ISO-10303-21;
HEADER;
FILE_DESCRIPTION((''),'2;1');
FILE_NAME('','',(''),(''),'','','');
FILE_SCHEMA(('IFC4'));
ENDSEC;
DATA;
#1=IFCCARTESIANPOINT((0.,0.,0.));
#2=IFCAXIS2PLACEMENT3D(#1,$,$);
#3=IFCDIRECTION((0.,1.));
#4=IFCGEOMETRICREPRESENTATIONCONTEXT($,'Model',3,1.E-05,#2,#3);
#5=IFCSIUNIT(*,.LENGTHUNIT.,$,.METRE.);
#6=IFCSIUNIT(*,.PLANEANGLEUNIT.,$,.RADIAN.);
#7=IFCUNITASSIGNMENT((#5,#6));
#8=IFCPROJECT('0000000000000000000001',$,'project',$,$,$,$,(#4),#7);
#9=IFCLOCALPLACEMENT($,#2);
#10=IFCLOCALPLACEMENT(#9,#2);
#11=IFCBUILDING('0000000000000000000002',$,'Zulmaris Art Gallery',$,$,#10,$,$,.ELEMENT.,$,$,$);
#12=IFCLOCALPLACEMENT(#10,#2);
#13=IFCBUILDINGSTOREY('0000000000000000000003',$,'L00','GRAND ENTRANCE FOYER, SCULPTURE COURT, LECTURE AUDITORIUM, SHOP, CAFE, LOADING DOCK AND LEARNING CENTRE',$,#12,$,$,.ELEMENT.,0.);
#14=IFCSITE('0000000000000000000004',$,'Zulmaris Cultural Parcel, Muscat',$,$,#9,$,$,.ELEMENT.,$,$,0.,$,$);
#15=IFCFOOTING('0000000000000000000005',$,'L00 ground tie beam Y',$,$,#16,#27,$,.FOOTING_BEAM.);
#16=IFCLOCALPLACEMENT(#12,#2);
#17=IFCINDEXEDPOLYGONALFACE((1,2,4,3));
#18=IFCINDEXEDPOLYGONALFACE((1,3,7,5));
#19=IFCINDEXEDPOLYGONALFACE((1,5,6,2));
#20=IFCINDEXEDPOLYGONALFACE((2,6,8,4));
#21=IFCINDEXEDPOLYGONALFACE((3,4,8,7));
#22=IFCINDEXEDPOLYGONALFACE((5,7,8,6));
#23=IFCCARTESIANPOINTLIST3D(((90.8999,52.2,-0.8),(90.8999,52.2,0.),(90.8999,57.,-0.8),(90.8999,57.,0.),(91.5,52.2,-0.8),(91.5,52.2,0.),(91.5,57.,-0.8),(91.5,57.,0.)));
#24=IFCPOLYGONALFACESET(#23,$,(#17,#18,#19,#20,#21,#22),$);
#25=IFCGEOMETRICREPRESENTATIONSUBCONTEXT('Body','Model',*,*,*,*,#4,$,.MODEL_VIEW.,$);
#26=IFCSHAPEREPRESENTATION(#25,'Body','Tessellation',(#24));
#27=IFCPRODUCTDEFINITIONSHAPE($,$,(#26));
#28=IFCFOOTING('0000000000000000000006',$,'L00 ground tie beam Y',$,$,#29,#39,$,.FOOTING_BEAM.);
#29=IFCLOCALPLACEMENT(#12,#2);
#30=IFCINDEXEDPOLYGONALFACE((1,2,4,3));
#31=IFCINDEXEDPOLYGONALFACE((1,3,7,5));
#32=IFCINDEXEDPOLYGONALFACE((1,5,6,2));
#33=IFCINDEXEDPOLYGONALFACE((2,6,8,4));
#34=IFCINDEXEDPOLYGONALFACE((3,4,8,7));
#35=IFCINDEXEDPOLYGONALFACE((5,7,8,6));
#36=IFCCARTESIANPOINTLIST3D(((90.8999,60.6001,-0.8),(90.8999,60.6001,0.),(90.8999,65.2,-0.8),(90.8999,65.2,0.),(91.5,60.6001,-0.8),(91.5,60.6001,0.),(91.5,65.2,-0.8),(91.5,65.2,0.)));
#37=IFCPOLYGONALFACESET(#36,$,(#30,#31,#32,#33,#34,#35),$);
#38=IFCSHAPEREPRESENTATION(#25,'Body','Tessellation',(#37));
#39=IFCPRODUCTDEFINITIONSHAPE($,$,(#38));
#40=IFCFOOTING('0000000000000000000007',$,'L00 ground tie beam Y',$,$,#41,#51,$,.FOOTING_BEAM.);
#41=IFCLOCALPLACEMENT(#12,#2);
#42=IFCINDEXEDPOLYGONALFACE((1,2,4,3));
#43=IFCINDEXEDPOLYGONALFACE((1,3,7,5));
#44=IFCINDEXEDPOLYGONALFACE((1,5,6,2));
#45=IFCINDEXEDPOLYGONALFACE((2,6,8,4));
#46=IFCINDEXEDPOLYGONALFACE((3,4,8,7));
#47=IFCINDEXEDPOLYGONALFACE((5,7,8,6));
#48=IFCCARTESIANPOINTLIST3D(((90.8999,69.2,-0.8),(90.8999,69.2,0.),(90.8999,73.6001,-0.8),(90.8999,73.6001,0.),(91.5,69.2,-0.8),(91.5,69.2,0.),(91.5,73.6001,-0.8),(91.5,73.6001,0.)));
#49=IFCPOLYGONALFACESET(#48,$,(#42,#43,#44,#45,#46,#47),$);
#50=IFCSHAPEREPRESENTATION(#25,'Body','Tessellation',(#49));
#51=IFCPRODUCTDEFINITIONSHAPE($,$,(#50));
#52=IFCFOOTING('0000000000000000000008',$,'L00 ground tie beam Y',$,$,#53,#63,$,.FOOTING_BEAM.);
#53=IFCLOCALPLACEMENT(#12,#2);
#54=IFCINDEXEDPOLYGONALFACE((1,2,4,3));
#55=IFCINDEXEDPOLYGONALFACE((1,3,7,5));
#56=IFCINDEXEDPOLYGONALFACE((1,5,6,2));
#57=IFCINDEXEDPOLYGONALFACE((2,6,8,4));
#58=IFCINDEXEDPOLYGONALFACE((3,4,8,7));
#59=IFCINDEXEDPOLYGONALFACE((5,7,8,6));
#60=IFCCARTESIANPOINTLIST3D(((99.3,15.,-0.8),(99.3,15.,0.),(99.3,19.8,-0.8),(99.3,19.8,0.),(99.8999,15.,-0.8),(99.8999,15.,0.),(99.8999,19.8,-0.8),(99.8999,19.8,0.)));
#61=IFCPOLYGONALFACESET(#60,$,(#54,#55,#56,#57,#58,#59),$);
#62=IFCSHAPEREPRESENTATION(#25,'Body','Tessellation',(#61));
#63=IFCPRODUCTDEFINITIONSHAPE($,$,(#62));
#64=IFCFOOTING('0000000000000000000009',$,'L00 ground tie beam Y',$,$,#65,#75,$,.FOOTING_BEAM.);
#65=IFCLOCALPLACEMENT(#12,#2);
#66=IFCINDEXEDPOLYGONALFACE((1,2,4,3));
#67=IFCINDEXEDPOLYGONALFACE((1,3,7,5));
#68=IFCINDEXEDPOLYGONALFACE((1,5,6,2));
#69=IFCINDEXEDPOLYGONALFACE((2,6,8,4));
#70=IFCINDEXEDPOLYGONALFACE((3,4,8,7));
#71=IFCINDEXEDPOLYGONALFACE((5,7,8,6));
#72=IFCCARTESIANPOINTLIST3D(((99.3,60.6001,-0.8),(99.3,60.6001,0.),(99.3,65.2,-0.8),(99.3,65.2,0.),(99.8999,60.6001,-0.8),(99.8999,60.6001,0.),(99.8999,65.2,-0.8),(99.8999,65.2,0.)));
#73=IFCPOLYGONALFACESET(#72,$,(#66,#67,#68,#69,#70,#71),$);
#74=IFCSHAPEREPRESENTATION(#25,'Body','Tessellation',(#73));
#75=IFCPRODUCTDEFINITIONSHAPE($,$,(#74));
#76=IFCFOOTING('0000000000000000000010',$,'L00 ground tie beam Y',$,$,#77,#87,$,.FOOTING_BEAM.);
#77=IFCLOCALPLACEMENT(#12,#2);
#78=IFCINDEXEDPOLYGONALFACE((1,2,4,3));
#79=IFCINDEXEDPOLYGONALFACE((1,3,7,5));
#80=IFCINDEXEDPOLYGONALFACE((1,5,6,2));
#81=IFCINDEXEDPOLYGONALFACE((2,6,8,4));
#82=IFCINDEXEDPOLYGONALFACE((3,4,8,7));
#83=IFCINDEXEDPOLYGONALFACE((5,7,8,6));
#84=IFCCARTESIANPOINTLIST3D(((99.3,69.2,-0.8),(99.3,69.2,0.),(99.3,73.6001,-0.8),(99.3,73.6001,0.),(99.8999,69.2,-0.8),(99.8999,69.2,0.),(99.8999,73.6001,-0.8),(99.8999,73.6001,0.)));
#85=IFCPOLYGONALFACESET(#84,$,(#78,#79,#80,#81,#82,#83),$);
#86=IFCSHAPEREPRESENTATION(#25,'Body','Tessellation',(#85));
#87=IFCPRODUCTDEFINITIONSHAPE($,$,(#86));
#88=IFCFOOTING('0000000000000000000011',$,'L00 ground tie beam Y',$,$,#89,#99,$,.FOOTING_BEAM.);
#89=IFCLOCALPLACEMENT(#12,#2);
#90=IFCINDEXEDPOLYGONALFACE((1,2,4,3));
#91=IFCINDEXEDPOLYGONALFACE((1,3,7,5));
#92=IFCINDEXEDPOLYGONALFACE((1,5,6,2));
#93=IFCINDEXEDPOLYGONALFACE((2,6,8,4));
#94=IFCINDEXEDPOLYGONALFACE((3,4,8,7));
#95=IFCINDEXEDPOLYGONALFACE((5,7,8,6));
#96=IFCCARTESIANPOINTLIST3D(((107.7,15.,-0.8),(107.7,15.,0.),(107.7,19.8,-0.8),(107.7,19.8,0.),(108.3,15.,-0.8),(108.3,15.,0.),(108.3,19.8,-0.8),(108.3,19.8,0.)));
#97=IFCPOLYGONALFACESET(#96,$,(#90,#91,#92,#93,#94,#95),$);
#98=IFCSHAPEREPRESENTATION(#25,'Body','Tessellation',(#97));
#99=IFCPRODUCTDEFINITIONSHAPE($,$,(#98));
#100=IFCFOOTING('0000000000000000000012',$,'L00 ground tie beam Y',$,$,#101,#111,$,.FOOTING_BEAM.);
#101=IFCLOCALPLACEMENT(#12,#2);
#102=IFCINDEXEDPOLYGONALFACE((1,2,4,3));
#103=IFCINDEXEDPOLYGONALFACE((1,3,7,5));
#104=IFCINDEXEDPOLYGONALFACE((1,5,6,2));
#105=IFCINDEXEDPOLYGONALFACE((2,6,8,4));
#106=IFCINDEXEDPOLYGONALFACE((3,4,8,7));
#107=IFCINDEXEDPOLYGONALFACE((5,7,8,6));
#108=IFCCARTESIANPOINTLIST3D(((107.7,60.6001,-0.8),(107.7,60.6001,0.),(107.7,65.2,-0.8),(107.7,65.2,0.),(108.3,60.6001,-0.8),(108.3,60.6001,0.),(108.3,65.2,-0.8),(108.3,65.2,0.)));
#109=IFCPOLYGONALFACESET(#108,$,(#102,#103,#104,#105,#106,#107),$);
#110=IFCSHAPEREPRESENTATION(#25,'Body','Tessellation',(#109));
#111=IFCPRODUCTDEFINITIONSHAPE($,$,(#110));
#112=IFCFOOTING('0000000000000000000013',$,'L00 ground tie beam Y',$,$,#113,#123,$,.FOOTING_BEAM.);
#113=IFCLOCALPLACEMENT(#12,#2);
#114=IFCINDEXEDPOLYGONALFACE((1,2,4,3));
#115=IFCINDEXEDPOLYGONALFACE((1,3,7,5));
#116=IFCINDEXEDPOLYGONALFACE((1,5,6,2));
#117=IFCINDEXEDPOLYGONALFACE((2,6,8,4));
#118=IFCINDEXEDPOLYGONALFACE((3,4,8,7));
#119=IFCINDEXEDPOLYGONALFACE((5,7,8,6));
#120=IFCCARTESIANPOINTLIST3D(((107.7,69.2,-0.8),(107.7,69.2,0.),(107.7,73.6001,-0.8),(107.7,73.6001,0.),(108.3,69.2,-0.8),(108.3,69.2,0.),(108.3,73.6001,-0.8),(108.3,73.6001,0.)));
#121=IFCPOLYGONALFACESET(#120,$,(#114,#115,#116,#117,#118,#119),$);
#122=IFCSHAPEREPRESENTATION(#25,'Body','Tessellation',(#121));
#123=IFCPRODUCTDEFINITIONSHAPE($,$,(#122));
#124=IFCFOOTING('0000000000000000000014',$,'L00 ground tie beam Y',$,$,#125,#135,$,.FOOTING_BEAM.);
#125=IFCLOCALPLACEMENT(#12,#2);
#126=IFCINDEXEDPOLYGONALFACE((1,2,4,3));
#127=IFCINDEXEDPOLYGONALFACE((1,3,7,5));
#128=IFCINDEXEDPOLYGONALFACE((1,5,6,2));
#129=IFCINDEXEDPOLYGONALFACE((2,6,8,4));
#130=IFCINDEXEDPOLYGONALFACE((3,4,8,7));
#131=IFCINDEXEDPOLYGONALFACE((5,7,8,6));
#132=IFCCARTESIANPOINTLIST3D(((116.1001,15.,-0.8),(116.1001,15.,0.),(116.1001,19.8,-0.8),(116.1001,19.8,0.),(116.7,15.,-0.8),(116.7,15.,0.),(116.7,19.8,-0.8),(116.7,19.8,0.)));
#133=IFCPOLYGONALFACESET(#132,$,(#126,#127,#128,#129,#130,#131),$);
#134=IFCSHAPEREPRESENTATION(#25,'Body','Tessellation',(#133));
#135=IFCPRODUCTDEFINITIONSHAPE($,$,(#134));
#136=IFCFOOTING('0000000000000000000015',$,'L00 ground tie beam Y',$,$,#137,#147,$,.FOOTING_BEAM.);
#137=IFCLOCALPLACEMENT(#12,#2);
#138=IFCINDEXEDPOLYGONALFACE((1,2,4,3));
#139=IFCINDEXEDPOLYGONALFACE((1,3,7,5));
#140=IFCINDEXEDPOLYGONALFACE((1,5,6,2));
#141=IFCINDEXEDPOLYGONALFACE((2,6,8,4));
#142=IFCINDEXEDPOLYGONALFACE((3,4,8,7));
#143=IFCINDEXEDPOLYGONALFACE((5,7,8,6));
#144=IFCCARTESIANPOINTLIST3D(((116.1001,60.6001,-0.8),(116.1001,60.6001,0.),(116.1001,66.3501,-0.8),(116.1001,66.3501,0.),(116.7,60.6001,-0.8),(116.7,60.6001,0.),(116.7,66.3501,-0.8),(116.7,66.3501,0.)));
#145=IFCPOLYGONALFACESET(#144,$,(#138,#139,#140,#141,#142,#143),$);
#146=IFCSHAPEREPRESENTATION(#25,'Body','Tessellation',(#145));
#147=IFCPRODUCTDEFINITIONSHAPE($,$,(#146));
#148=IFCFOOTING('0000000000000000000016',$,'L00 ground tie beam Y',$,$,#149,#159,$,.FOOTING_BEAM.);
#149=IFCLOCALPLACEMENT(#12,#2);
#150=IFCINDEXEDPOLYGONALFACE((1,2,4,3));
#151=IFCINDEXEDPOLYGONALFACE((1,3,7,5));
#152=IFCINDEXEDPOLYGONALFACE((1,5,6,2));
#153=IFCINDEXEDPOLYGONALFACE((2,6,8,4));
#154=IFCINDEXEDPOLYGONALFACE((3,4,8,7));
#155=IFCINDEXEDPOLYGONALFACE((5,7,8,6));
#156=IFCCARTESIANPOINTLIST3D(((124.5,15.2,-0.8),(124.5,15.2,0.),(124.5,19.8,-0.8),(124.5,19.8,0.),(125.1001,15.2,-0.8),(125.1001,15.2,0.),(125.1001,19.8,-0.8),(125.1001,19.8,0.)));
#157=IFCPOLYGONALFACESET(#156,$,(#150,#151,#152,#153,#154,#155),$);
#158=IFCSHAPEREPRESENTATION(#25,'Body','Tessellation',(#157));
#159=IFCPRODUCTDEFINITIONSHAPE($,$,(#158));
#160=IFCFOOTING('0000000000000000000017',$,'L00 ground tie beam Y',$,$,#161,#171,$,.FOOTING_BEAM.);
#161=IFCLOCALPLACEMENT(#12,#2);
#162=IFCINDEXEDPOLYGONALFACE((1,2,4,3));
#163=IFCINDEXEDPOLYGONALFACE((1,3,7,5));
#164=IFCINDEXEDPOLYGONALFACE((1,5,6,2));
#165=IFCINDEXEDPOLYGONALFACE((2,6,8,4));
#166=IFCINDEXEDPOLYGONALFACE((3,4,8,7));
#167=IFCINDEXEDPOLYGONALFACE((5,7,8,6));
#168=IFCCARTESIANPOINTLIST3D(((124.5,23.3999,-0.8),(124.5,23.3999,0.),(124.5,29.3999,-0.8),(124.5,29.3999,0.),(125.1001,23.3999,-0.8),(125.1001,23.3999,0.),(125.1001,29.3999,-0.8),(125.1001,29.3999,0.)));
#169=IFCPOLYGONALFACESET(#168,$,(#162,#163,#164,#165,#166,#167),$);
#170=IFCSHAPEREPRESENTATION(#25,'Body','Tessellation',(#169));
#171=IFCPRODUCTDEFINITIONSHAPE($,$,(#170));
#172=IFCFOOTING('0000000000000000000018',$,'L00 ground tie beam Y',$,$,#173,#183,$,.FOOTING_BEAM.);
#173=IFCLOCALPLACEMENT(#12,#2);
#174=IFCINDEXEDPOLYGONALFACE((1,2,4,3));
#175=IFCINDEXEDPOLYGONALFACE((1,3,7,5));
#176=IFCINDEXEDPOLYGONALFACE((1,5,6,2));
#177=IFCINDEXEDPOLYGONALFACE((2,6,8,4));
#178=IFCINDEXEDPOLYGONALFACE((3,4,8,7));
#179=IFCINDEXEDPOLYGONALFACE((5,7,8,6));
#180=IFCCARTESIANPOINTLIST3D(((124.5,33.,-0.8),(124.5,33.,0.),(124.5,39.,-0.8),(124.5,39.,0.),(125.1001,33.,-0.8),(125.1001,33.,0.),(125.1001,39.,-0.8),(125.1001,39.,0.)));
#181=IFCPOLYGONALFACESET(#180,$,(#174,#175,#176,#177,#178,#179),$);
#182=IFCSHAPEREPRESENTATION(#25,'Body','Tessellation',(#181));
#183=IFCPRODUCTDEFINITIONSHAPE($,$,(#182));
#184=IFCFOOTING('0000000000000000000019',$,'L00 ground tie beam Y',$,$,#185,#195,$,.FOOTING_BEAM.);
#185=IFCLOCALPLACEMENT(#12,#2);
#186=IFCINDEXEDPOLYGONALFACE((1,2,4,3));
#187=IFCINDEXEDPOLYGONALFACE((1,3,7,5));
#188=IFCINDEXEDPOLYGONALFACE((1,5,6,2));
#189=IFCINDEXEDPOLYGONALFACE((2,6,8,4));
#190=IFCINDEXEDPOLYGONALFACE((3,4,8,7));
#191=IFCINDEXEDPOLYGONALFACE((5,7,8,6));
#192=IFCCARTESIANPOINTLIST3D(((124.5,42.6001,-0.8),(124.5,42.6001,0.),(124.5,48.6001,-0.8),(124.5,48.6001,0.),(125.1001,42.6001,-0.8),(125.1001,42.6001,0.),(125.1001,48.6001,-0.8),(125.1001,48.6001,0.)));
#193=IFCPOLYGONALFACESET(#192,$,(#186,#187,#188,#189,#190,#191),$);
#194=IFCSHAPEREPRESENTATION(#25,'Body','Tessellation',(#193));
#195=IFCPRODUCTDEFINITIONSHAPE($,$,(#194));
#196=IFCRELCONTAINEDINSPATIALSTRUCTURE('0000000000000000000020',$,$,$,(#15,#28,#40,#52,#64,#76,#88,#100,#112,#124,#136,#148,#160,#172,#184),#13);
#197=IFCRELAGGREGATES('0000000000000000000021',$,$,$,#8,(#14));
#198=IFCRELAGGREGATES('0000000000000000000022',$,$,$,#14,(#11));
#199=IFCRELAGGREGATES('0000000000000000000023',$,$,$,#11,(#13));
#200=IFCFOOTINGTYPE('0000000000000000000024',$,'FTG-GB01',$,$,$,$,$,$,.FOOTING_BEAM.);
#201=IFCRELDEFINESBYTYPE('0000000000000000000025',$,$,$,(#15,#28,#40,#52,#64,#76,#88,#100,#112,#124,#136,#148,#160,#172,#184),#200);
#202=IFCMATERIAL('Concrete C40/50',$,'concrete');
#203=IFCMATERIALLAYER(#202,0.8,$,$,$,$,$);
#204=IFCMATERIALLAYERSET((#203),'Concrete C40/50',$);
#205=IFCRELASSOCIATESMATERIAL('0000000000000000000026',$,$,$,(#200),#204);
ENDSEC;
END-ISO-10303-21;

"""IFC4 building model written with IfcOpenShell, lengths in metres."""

from ifc_helpers import new_model, si_unit, direction, frame, origin, place, context, subcontext, project, spatial, polyline, outline, extrude, material, layer, layer_set, type_object, element, save


model = new_model("IFC4")

# Units and contexts
model_context = context("Model", 3, precision=1e-05, world=origin(), true_north=direction((0.0, 1.0)))
body_context = subcontext(model_context, "Body", "Model", "MODEL_VIEW")
ifc_project = project(units=[si_unit("LENGTHUNIT", "METRE"), si_unit("PLANEANGLEUNIT", "RADIAN")], contexts=[model_context])

# Site, building, storey
site_placement = place(None, origin())
site = spatial("IfcSite", under=ifc_project, at=site_placement, Name="Zulmaris Cultural Parcel, Muscat", CompositionType="ELEMENT", RefElevation=0.0)
building_placement = place(site_placement, origin())
building = spatial("IfcBuilding", under=site, at=building_placement, Name="Zulmaris Art Gallery", CompositionType="ELEMENT")
storey_placement = place(building_placement, origin())
storey = spatial("IfcBuildingStorey", under=building, at=storey_placement, Name="L00", Description="GRAND ENTRANCE FOYER, SCULPTURE COURT, LECTURE AUDITORIUM, SHOP, CAFE, LOADING DOCK AND LEARNING CENTRE", CompositionType="ELEMENT", Elevation=0.0)

# Footings
ifc_material = material(Name="Concrete C40/50", Category="concrete")
ifc_layer = layer(ifc_material, 0.8)
ifc_layer_set = layer_set([ifc_layer], Name="Concrete C40/50")
footing_type = type_object("IfcFootingType", Name="FTG-GB01", PredefinedType="FOOTING_BEAM", material=ifc_layer_set)
footing_1_placement = place(storey_placement, frame((0.0, 0.0, -0.8)))
element("IfcFooting", 1, at=footing_1_placement, inside=storey, type_object=footing_type, Name="L00 ground tie beam Y", PredefinedType="FOOTING_BEAM", context=body_context, shape_type="SweptSolid", body=[
    extrude(outline(polyline([(90.8999, 52.2), (91.5, 52.2), (91.5, 57.0), (90.8999, 57.0), (90.8999, 52.2)])), origin(), (0.0, 0.0, 1.0), 0.8),
])
footing_2_placement = place(storey_placement, frame((0.0, 0.0, -0.8)))
element("IfcFooting", 2, at=footing_2_placement, inside=storey, type_object=footing_type, Name="L00 ground tie beam Y", PredefinedType="FOOTING_BEAM", context=body_context, shape_type="SweptSolid", body=[
    extrude(outline(polyline([(90.8999, 60.6001), (91.5, 60.6001), (91.5, 65.2), (90.8999, 65.2), (90.8999, 60.6001)])), origin(), (0.0, 0.0, 1.0), 0.8),
])
footing_3_placement = place(storey_placement, frame((0.0, 0.0, -0.8)))
element("IfcFooting", 3, at=footing_3_placement, inside=storey, type_object=footing_type, Name="L00 ground tie beam Y", PredefinedType="FOOTING_BEAM", context=body_context, shape_type="SweptSolid", body=[
    extrude(outline(polyline([(90.8999, 69.2), (91.5, 69.2), (91.5, 73.6001), (90.8999, 73.6001), (90.8999, 69.2)])), origin(), (0.0, 0.0, 1.0), 0.8),
])
footing_4_placement = place(storey_placement, frame((0.0, 0.0, -0.8)))
element("IfcFooting", 4, at=footing_4_placement, inside=storey, type_object=footing_type, Name="L00 ground tie beam Y", PredefinedType="FOOTING_BEAM", context=body_context, shape_type="SweptSolid", body=[
    extrude(outline(polyline([(99.3, 15.0), (99.8999, 15.0), (99.8999, 19.8), (99.3, 19.8), (99.3, 15.0)])), origin(), (0.0, 0.0, 1.0), 0.8),
])
footing_5_placement = place(storey_placement, frame((0.0, 0.0, -0.8)))
element("IfcFooting", 5, at=footing_5_placement, inside=storey, type_object=footing_type, Name="L00 ground tie beam Y", PredefinedType="FOOTING_BEAM", context=body_context, shape_type="SweptSolid", body=[
    extrude(outline(polyline([(99.3, 60.6001), (99.8999, 60.6001), (99.8999, 65.2), (99.3, 65.2), (99.3, 60.6001)])), origin(), (0.0, 0.0, 1.0), 0.8),
])
footing_6_placement = place(storey_placement, frame((0.0, 0.0, -0.8)))
element("IfcFooting", 6, at=footing_6_placement, inside=storey, type_object=footing_type, Name="L00 ground tie beam Y", PredefinedType="FOOTING_BEAM", context=body_context, shape_type="SweptSolid", body=[
    extrude(outline(polyline([(99.3, 69.2), (99.8999, 69.2), (99.8999, 73.6001), (99.3, 73.6001), (99.3, 69.2)])), origin(), (0.0, 0.0, 1.0), 0.8),
])
footing_7_placement = place(storey_placement, frame((0.0, 0.0, -0.8)))
element("IfcFooting", 7, at=footing_7_placement, inside=storey, type_object=footing_type, Name="L00 ground tie beam Y", PredefinedType="FOOTING_BEAM", context=body_context, shape_type="SweptSolid", body=[
    extrude(outline(polyline([(107.7, 15.0), (108.3, 15.0), (108.3, 19.8), (107.7, 19.8), (107.7, 15.0)])), origin(), (0.0, 0.0, 1.0), 0.8),
])
footing_8_placement = place(storey_placement, frame((0.0, 0.0, -0.8)))
element("IfcFooting", 8, at=footing_8_placement, inside=storey, type_object=footing_type, Name="L00 ground tie beam Y", PredefinedType="FOOTING_BEAM", context=body_context, shape_type="SweptSolid", body=[
    extrude(outline(polyline([(107.7, 60.6001), (108.3, 60.6001), (108.3, 65.2), (107.7, 65.2), (107.7, 60.6001)])), origin(), (0.0, 0.0, 1.0), 0.8),
])
footing_9_placement = place(storey_placement, frame((0.0, 0.0, -0.8)))
element("IfcFooting", 9, at=footing_9_placement, inside=storey, type_object=footing_type, Name="L00 ground tie beam Y", PredefinedType="FOOTING_BEAM", context=body_context, shape_type="SweptSolid", body=[
    extrude(outline(polyline([(107.7, 69.2), (108.3, 69.2), (108.3, 73.6001), (107.7, 73.6001), (107.7, 69.2)])), origin(), (0.0, 0.0, 1.0), 0.8),
])
footing_10_placement = place(storey_placement, frame((0.0, 0.0, -0.8)))
element("IfcFooting", 10, at=footing_10_placement, inside=storey, type_object=footing_type, Name="L00 ground tie beam Y", PredefinedType="FOOTING_BEAM", context=body_context, shape_type="SweptSolid", body=[
    extrude(outline(polyline([(116.1001, 15.0), (116.7, 15.0), (116.7, 19.8), (116.1001, 19.8), (116.1001, 15.0)])), origin(), (0.0, 0.0, 1.0), 0.8),
])
footing_11_placement = place(storey_placement, frame((0.0, 0.0, -0.8)))
element("IfcFooting", 11, at=footing_11_placement, inside=storey, type_object=footing_type, Name="L00 ground tie beam Y", PredefinedType="FOOTING_BEAM", context=body_context, shape_type="SweptSolid", body=[
    extrude(outline(polyline([(116.1001, 60.6001), (116.7, 60.6001), (116.7, 66.3501), (116.1001, 66.3501), (116.1001, 60.6001)])), origin(), (0.0, 0.0, 1.0), 0.8),
])
footing_12_placement = place(storey_placement, frame((0.0, 0.0, -0.8)))
element("IfcFooting", 12, at=footing_12_placement, inside=storey, type_object=footing_type, Name="L00 ground tie beam Y", PredefinedType="FOOTING_BEAM", context=body_context, shape_type="SweptSolid", body=[
    extrude(outline(polyline([(124.5, 15.2), (125.1001, 15.2), (125.1001, 19.8), (124.5, 19.8), (124.5, 15.2)])), origin(), (0.0, 0.0, 1.0), 0.8),
])
footing_13_placement = place(storey_placement, frame((0.0, 0.0, -0.8)))
element("IfcFooting", 13, at=footing_13_placement, inside=storey, type_object=footing_type, Name="L00 ground tie beam Y", PredefinedType="FOOTING_BEAM", context=body_context, shape_type="SweptSolid", body=[
    extrude(outline(polyline([(124.5, 23.3999), (125.1001, 23.3999), (125.1001, 29.3999), (124.5, 29.3999), (124.5, 23.3999)])), origin(), (0.0, 0.0, 1.0), 0.8),
])
footing_14_placement = place(storey_placement, frame((0.0, 0.0, -0.8)))
element("IfcFooting", 14, at=footing_14_placement, inside=storey, type_object=footing_type, Name="L00 ground tie beam Y", PredefinedType="FOOTING_BEAM", context=body_context, shape_type="SweptSolid", body=[
    extrude(outline(polyline([(124.5, 33.0), (125.1001, 33.0), (125.1001, 39.0), (124.5, 39.0), (124.5, 33.0)])), origin(), (0.0, 0.0, 1.0), 0.8),
])
footing_15_placement = place(storey_placement, frame((0.0, 0.0, -0.8)))
element("IfcFooting", 15, at=footing_15_placement, inside=storey, type_object=footing_type, Name="L00 ground tie beam Y", PredefinedType="FOOTING_BEAM", context=body_context, shape_type="SweptSolid", body=[
    extrude(outline(polyline([(124.5, 42.6001), (125.1001, 42.6001), (125.1001, 48.6001), (124.5, 48.6001), (124.5, 42.6001)])), origin(), (0.0, 0.0, 1.0), 0.8),
])

save(model, "model.ifc")
